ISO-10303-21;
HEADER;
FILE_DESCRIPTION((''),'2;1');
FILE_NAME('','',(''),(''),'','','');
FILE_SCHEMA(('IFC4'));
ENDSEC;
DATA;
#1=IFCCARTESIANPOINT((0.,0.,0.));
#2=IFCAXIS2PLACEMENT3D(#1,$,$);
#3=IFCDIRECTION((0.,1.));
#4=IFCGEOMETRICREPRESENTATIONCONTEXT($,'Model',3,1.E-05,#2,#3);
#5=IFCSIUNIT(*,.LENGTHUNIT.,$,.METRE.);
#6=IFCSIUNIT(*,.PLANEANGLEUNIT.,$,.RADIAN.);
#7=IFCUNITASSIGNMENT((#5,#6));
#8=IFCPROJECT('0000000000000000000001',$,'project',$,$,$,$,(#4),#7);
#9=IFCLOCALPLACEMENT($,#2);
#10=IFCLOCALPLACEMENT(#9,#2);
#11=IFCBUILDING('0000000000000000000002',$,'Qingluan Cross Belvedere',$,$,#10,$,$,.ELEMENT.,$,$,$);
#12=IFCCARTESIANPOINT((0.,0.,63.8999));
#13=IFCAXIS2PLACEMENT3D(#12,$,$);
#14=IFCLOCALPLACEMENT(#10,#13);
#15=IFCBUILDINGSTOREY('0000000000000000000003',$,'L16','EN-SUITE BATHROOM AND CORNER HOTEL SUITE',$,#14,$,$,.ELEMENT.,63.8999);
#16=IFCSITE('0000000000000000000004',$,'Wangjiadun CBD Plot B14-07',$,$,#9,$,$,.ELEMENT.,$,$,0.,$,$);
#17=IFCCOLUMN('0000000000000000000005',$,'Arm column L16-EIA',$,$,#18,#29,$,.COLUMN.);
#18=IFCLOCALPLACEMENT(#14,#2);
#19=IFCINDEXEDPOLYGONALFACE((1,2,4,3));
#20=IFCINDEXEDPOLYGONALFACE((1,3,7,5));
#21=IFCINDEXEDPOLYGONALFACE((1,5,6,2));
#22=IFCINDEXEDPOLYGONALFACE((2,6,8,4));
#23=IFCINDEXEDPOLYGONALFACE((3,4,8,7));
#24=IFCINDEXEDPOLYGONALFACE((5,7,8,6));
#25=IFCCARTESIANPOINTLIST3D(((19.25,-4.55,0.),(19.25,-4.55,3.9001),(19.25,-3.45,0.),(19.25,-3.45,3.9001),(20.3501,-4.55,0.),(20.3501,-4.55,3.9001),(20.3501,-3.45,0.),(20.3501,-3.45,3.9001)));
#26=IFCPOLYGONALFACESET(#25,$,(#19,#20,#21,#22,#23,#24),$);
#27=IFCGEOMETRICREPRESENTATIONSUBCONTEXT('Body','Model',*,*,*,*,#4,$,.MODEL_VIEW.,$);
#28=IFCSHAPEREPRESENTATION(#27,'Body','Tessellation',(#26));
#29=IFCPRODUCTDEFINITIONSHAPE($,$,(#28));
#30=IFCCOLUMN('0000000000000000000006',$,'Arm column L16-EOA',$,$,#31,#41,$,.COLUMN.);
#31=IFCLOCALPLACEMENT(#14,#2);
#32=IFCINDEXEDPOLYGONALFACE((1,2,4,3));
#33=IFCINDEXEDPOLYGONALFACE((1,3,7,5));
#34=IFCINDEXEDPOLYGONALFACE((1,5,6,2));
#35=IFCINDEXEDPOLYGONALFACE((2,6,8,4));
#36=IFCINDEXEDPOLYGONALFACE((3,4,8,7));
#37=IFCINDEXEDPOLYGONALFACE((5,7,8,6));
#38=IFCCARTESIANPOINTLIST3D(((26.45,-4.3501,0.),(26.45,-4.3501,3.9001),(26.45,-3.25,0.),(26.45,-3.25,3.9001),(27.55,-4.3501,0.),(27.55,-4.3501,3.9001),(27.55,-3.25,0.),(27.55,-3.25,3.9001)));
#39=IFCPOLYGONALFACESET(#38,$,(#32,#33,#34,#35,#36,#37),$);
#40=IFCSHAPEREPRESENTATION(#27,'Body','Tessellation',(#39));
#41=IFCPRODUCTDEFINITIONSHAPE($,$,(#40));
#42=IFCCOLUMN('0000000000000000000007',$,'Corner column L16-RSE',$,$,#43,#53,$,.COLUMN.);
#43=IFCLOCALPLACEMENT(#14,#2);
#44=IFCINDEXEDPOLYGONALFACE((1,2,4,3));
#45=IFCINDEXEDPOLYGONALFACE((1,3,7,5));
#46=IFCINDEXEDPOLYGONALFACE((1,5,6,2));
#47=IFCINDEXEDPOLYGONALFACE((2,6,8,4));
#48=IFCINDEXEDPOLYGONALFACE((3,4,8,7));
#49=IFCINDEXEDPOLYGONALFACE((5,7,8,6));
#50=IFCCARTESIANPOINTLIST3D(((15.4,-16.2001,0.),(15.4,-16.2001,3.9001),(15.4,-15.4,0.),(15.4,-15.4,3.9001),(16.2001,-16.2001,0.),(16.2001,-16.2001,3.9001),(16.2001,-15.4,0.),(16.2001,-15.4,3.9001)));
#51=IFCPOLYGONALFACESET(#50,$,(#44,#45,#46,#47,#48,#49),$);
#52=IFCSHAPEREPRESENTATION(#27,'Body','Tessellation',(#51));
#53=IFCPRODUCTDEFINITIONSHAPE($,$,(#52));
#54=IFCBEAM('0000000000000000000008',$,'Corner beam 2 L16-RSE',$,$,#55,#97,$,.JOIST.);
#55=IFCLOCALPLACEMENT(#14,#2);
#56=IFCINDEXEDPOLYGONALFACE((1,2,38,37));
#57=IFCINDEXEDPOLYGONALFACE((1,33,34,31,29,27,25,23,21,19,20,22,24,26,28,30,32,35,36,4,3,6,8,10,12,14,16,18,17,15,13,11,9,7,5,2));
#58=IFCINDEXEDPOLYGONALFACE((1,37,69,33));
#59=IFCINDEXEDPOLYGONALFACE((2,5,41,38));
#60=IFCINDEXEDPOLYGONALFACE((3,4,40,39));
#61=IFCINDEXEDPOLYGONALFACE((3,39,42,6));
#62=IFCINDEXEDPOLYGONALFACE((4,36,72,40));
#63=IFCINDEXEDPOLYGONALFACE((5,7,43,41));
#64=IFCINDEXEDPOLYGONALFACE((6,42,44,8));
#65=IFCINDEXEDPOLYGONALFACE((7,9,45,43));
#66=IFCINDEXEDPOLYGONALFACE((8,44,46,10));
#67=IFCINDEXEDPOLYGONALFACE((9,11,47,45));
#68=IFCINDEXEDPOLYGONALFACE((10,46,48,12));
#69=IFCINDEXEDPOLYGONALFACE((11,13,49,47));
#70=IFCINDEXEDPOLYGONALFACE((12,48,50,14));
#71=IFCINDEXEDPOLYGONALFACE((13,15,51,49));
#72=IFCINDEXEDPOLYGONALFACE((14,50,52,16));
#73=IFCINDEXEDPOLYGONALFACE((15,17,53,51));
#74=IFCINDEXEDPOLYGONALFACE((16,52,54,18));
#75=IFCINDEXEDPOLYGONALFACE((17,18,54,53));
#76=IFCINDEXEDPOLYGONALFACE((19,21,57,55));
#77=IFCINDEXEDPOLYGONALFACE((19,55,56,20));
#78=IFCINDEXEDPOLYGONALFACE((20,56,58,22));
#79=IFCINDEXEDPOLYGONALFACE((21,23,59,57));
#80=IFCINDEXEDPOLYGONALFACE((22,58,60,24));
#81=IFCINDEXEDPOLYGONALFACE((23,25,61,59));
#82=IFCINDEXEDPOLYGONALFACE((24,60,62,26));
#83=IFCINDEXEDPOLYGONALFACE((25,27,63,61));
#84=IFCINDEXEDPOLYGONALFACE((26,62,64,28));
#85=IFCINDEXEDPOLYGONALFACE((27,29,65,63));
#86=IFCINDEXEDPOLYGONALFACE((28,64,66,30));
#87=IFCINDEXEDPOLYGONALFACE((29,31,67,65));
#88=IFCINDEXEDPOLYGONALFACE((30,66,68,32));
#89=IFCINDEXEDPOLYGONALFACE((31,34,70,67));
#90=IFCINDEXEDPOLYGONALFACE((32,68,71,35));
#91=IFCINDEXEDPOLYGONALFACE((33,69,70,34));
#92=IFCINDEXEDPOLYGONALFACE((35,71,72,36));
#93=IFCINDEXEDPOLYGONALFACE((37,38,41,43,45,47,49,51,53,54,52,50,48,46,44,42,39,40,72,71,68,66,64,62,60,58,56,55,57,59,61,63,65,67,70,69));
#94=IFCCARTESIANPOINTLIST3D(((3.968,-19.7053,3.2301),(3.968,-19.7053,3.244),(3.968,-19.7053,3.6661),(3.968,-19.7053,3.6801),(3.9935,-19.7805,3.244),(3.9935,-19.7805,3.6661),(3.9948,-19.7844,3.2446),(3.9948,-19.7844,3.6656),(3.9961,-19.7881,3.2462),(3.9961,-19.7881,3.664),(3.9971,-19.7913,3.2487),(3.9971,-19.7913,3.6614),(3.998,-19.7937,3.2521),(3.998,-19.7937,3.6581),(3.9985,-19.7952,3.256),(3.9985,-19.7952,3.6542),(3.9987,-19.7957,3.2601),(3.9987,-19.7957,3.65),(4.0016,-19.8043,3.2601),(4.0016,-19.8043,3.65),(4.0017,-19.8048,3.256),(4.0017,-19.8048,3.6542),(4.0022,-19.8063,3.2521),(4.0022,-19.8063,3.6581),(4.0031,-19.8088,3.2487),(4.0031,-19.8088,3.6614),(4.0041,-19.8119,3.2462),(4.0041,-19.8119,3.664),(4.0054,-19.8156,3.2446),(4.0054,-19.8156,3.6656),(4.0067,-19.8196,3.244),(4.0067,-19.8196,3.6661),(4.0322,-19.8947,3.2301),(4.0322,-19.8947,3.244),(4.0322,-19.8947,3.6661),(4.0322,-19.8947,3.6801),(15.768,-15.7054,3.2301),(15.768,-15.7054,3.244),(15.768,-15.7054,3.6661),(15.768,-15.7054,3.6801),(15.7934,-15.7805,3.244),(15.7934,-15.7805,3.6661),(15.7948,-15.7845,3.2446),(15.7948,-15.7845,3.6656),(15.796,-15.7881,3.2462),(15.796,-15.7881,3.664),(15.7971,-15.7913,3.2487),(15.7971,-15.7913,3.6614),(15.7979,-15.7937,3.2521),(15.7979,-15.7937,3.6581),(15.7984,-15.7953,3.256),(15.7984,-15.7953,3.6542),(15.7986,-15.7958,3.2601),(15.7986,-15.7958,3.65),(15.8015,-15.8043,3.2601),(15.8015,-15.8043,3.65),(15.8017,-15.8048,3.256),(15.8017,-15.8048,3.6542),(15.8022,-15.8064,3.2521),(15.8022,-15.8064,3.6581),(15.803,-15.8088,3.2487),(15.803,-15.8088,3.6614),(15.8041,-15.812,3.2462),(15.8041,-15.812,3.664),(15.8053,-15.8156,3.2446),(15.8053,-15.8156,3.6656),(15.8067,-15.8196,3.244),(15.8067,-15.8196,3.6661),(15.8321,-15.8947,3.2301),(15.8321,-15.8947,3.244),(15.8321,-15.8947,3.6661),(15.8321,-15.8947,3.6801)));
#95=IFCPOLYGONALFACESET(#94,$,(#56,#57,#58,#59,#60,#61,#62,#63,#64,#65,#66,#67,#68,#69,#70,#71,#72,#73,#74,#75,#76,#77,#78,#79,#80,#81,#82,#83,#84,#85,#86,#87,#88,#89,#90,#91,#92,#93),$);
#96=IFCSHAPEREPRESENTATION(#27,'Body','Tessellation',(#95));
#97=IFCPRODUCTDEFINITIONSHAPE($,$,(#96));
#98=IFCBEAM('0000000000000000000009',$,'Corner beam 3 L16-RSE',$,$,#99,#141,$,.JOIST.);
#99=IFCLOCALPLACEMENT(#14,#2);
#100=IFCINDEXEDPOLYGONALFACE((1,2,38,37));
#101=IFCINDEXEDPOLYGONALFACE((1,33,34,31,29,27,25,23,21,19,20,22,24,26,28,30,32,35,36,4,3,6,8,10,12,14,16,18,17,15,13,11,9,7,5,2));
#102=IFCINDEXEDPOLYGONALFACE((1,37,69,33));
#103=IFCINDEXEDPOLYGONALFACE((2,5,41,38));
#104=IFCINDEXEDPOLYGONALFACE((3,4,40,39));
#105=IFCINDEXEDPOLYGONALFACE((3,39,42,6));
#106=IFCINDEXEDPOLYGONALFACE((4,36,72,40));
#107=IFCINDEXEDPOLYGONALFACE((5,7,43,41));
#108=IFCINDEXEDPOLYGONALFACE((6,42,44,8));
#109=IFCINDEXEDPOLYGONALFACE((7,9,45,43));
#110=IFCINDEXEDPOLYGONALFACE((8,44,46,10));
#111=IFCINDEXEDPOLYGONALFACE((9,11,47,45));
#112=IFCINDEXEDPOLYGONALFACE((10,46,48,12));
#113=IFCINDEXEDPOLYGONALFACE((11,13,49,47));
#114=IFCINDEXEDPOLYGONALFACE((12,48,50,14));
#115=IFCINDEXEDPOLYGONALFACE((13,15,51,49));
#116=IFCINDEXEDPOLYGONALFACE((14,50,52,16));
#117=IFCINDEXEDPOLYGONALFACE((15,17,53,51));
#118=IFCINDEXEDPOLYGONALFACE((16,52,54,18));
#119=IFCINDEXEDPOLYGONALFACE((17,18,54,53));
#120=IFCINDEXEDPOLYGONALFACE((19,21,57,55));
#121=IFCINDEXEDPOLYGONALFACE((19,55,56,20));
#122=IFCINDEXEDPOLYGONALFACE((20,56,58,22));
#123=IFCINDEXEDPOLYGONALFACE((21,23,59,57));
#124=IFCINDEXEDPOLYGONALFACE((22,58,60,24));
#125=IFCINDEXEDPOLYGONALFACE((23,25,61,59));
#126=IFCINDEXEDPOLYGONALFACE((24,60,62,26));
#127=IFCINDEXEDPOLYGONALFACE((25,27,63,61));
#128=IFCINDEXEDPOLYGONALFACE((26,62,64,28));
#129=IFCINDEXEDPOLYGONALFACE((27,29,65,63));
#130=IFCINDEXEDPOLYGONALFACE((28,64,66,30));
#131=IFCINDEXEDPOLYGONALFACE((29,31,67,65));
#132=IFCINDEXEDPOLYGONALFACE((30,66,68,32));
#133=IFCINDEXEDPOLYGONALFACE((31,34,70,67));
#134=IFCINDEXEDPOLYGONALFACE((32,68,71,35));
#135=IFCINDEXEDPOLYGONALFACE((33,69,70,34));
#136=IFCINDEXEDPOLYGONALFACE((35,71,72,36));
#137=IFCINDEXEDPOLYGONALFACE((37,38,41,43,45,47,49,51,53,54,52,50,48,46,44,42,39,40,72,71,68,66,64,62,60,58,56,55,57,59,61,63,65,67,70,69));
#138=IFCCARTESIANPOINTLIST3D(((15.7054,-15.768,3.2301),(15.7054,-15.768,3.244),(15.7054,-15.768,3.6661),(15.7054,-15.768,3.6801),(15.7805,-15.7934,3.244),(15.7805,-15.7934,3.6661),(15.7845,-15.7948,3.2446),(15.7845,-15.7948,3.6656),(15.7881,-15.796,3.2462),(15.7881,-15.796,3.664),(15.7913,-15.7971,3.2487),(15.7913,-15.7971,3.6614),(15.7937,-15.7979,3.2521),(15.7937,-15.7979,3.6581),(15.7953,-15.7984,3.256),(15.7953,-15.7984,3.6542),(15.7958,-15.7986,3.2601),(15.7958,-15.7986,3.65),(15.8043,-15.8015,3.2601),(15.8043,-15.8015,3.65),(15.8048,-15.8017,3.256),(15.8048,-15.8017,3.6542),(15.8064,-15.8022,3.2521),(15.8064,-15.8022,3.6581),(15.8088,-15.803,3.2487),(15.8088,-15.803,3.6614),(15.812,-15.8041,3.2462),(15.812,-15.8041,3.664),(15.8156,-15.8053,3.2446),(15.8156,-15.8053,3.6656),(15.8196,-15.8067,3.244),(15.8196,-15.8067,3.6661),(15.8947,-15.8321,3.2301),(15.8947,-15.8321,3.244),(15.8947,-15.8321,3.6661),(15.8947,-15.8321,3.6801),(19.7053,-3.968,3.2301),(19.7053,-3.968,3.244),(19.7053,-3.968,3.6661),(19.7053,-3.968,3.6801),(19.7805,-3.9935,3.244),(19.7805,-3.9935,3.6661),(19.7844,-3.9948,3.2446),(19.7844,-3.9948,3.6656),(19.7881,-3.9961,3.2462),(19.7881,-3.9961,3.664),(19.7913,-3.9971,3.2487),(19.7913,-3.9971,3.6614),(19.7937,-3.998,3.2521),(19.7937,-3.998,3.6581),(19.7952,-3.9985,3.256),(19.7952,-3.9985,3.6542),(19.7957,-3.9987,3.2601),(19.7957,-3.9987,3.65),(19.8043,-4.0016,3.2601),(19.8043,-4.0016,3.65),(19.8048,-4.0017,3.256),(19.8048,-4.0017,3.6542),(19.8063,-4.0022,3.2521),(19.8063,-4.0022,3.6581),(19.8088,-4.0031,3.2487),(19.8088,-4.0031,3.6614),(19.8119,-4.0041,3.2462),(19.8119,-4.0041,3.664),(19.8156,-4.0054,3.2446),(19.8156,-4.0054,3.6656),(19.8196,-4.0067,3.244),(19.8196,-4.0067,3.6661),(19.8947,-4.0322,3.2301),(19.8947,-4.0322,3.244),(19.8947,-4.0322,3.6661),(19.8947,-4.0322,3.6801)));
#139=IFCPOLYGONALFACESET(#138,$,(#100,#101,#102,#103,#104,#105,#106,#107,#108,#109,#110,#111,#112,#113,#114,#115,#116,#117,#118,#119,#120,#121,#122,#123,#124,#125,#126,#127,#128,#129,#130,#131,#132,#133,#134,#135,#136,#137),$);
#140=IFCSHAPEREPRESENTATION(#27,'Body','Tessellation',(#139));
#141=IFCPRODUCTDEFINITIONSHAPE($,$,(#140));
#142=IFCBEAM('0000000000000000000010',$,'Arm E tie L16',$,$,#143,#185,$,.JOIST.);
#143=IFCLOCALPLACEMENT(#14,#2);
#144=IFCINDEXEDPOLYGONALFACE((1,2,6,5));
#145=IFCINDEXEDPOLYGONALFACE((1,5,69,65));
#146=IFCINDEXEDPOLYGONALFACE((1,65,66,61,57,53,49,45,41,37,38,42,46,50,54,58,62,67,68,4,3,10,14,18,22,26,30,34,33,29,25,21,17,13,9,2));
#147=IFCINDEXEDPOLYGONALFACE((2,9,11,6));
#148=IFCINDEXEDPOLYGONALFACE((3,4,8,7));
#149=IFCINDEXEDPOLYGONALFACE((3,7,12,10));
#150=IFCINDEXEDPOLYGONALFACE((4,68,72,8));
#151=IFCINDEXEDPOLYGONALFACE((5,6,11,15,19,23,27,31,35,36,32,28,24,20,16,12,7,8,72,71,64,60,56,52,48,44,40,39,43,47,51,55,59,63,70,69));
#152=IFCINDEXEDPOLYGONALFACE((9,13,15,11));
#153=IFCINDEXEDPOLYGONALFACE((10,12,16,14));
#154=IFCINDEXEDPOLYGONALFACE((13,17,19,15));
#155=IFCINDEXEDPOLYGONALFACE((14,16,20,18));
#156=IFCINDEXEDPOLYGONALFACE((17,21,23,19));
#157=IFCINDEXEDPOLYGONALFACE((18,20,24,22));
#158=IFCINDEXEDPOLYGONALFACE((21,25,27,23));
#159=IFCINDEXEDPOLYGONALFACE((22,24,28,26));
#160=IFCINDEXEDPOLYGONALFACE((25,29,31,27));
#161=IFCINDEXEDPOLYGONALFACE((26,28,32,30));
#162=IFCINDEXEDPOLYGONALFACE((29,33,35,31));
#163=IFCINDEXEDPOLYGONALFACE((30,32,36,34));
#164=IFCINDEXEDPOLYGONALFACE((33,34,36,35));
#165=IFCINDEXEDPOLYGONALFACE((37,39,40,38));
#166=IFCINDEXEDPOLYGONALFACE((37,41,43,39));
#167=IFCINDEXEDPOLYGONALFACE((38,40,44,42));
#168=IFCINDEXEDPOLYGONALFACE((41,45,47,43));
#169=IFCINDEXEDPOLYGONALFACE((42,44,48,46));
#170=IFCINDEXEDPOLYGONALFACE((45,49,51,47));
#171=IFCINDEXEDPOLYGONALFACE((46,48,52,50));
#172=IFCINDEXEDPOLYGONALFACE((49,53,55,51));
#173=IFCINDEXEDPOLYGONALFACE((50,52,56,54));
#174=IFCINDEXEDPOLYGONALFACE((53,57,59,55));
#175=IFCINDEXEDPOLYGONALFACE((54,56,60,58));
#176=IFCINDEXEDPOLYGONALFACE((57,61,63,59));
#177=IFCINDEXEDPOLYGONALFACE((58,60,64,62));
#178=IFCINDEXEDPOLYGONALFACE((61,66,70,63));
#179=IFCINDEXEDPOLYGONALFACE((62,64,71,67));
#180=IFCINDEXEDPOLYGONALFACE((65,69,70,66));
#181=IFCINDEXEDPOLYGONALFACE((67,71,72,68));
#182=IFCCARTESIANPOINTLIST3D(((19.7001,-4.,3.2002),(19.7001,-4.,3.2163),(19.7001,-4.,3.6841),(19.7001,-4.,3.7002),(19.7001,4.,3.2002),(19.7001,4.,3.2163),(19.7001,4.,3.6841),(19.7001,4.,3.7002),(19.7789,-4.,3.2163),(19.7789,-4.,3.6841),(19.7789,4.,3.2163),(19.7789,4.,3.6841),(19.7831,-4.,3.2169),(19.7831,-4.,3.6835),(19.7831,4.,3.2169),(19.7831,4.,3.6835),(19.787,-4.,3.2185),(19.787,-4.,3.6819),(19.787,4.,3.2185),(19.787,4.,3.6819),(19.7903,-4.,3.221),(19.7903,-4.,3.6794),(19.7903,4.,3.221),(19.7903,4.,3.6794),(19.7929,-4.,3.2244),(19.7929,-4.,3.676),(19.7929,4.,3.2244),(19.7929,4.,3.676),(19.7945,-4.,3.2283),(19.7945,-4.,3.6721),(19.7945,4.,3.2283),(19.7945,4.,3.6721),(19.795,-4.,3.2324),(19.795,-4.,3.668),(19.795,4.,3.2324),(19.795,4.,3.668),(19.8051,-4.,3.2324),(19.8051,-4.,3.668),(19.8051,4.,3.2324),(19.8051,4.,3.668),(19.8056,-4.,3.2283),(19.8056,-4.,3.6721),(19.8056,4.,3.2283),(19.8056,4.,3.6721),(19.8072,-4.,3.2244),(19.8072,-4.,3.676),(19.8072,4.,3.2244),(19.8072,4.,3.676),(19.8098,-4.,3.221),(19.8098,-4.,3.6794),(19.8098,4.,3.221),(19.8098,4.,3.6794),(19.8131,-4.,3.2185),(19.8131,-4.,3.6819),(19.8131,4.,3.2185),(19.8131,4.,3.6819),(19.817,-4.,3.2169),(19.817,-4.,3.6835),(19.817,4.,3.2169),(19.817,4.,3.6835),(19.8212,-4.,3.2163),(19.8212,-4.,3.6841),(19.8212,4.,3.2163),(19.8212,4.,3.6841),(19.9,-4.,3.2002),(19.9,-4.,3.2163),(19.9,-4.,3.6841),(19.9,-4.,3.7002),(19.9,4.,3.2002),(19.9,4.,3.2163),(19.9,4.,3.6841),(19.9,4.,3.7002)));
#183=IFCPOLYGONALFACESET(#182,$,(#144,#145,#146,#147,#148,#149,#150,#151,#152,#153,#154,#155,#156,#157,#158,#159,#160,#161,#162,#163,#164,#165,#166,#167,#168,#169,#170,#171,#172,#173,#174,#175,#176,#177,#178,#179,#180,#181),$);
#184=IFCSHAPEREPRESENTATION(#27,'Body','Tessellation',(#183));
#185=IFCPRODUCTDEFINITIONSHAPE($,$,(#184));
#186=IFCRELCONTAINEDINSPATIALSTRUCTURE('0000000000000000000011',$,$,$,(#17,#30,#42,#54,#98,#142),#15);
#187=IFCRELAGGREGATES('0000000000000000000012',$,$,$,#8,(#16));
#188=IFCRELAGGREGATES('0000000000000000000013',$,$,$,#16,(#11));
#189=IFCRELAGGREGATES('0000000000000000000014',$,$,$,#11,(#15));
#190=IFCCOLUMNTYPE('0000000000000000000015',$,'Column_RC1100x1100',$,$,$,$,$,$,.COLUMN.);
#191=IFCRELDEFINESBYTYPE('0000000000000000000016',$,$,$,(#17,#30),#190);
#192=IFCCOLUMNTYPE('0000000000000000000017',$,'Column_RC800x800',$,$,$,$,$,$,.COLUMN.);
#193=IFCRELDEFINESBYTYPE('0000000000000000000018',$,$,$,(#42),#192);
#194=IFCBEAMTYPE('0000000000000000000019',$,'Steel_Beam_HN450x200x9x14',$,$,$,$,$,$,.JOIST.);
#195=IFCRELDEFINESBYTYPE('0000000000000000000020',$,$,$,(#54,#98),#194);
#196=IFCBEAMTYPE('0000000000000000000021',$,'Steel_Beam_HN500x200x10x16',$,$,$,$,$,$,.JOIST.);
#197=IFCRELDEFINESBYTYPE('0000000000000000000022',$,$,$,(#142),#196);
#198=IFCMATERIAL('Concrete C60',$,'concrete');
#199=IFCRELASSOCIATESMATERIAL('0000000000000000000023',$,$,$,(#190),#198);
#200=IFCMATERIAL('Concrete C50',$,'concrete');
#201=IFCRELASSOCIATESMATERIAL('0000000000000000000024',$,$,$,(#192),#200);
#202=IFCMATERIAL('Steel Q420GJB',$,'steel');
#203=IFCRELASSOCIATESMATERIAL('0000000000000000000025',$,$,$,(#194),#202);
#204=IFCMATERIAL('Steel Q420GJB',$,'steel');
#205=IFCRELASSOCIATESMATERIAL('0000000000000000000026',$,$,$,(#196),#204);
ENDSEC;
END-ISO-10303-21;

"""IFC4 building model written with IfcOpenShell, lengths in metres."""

from ifc_helpers import new_model, si_unit, direction, frame, origin, origin_2d, place, context, subcontext, project, spatial, rectangle, i_section, extrude, material, material_profile, profile_set, type_object, element, save


model = new_model("IFC4")

# Units and contexts
model_context = context("Model", 3, precision=1e-05, world=origin(), true_north=direction((0.0, 1.0)))
body_context = subcontext(model_context, "Body", "Model", "MODEL_VIEW")
ifc_project = project(units=[si_unit("LENGTHUNIT", "METRE"), si_unit("PLANEANGLEUNIT", "RADIAN")], contexts=[model_context])

# Site, building, storey
site_placement = place(None, origin())
site = spatial("IfcSite", under=ifc_project, at=site_placement, Name="Wangjiadun CBD Plot B14-07", CompositionType="ELEMENT", RefElevation=0.0)
building_placement = place(site_placement, origin())
building = spatial("IfcBuilding", under=site, at=building_placement, Name="Qingluan Cross Belvedere", CompositionType="ELEMENT")
storey_placement = place(building_placement, frame((0.0, 0.0, 63.8999)))
storey = spatial("IfcBuildingStorey", under=building, at=storey_placement, Name="L16", Description="EN-SUITE BATHROOM AND CORNER HOTEL SUITE", CompositionType="ELEMENT", Elevation=63.8999)

# Columns
ifc_material_1 = material(Name="Concrete C60", Category="concrete")
ifc_material_profile_1 = material_profile(ifc_material_1, rectangle(XDim=1.1001, YDim=1.1001, at=origin_2d()), Name="RC1100x1100")
ifc_profile_set_1 = profile_set([ifc_material_profile_1], Name="Concrete C60")
column_type_1 = type_object("IfcColumnType", Name="Column_RC1100x1100", PredefinedType="COLUMN", material=ifc_profile_set_1)
for number, where, z_axis, x_axis, name in (
    (1, (19.8, -4.0, 0.0), (0.0, 0.0, 1.0), (1.0, 0.0, 0.0), "Arm column L16-EIA"),
    (2, (27.0, -3.8, 0.0), (0.0, 0.0, 1.0), (1.0, 0.0, 0.0), "Arm column L16-EOA"),
):
    element("IfcColumn", number, at=place(storey_placement, frame(where, z_axis=z_axis, x_axis=x_axis)), inside=storey, type_object=column_type_1, Name=name, PredefinedType="COLUMN", context=body_context, shape_type="SweptSolid", body=[
        extrude(rectangle(XDim=1.1001, YDim=1.1001, at=origin_2d()), origin(), (0.0, 0.0, 1.0), 3.9001),
    ])
ifc_material_2 = material(Name="Concrete C50", Category="concrete")
ifc_material_profile_2 = material_profile(ifc_material_2, rectangle(XDim=0.8, YDim=0.8, at=origin_2d()), Name="RC800x800")
ifc_profile_set_2 = profile_set([ifc_material_profile_2], Name="Concrete C50")
column_type_2 = type_object("IfcColumnType", Name="Column_RC800x800", PredefinedType="COLUMN", material=ifc_profile_set_2)
column_placement = place(storey_placement, frame((15.8, -15.8, 0.0), z_axis=(0.0, 0.0, 1.0), x_axis=(1.0, 0.0, 0.0)))
element("IfcColumn", 3, at=column_placement, inside=storey, type_object=column_type_2, Name="Corner column L16-RSE", PredefinedType="COLUMN", context=body_context, shape_type="SweptSolid", body=[
    extrude(rectangle(XDim=0.8, YDim=0.8, at=origin_2d()), origin(), (0.0, 0.0, 1.0), 3.9001),
])

# Beams
ifc_material_3 = material(Name="Steel Q420GJB", Category="steel")
ifc_material_profile_3 = material_profile(ifc_material_3, i_section(OverallWidth=0.2, OverallDepth=0.45, WebThickness=0.009, FlangeThickness=0.0139, FilletRadius=0.0161, at=origin_2d()), Name="HN450x200x9x14")
ifc_profile_set_3 = profile_set([ifc_material_profile_3], Name="Steel Q420GJB")
beam_type_1 = type_object("IfcBeamType", Name="Steel_Beam_HN450x200x9x14", PredefinedType="JOIST", material=ifc_profile_set_3)
for number, where, z_axis, x_axis, name in (
    (4, (15.8, -15.8, 3.4551), (-0.947066, -0.321038, 0.0), (0.321038, -0.947066, 0.0), "Corner beam 2 L16-RSE"),
    (5, (15.8, -15.8, 3.4551), (0.321038, 0.947066, 0.0), (-0.947066, 0.321038, 0.0), "Corner beam 3 L16-RSE"),
):
    element("IfcBeam", number, at=place(storey_placement, frame(where, z_axis=z_axis, x_axis=x_axis)), inside=storey, type_object=beam_type_1, Name=name, PredefinedType="JOIST", context=body_context, shape_type="SweptSolid", body=[
        extrude(i_section(OverallWidth=0.2, OverallDepth=0.45, WebThickness=0.009, FlangeThickness=0.0139, FilletRadius=0.0161, at=origin_2d()), origin(), (0.0, 0.0, 1.0), 12.4595),
    ])
ifc_material_4 = material(Name="Steel Q420GJB", Category="steel")
ifc_material_profile_4 = material_profile(ifc_material_4, i_section(OverallWidth=0.2, OverallDepth=0.5, WebThickness=0.01, FlangeThickness=0.0161, FilletRadius=0.0161, at=origin_2d()), Name="HN500x200x10x16")
ifc_profile_set_4 = profile_set([ifc_material_profile_4], Name="Steel Q420GJB")
beam_type_2 = type_object("IfcBeamType", Name="Steel_Beam_HN500x200x10x16", PredefinedType="JOIST", material=ifc_profile_set_4)
beam_1_placement = place(storey_placement, frame((19.8, -4.0, 3.4502), z_axis=(0.0, 1.0, 0.0), x_axis=(-1.0, 0.0, 0.0)))
element("IfcBeam", 6, at=beam_1_placement, inside=storey, type_object=beam_type_2, Name="Arm E tie L16", PredefinedType="JOIST", context=body_context, shape_type="SweptSolid", body=[
    extrude(i_section(OverallWidth=0.2, OverallDepth=0.5, WebThickness=0.01, FlangeThickness=0.0161, FilletRadius=0.0161, at=origin_2d()), origin(), (0.0, 0.0, 1.0), 8.0),
])

save(model, "model.ifc")
